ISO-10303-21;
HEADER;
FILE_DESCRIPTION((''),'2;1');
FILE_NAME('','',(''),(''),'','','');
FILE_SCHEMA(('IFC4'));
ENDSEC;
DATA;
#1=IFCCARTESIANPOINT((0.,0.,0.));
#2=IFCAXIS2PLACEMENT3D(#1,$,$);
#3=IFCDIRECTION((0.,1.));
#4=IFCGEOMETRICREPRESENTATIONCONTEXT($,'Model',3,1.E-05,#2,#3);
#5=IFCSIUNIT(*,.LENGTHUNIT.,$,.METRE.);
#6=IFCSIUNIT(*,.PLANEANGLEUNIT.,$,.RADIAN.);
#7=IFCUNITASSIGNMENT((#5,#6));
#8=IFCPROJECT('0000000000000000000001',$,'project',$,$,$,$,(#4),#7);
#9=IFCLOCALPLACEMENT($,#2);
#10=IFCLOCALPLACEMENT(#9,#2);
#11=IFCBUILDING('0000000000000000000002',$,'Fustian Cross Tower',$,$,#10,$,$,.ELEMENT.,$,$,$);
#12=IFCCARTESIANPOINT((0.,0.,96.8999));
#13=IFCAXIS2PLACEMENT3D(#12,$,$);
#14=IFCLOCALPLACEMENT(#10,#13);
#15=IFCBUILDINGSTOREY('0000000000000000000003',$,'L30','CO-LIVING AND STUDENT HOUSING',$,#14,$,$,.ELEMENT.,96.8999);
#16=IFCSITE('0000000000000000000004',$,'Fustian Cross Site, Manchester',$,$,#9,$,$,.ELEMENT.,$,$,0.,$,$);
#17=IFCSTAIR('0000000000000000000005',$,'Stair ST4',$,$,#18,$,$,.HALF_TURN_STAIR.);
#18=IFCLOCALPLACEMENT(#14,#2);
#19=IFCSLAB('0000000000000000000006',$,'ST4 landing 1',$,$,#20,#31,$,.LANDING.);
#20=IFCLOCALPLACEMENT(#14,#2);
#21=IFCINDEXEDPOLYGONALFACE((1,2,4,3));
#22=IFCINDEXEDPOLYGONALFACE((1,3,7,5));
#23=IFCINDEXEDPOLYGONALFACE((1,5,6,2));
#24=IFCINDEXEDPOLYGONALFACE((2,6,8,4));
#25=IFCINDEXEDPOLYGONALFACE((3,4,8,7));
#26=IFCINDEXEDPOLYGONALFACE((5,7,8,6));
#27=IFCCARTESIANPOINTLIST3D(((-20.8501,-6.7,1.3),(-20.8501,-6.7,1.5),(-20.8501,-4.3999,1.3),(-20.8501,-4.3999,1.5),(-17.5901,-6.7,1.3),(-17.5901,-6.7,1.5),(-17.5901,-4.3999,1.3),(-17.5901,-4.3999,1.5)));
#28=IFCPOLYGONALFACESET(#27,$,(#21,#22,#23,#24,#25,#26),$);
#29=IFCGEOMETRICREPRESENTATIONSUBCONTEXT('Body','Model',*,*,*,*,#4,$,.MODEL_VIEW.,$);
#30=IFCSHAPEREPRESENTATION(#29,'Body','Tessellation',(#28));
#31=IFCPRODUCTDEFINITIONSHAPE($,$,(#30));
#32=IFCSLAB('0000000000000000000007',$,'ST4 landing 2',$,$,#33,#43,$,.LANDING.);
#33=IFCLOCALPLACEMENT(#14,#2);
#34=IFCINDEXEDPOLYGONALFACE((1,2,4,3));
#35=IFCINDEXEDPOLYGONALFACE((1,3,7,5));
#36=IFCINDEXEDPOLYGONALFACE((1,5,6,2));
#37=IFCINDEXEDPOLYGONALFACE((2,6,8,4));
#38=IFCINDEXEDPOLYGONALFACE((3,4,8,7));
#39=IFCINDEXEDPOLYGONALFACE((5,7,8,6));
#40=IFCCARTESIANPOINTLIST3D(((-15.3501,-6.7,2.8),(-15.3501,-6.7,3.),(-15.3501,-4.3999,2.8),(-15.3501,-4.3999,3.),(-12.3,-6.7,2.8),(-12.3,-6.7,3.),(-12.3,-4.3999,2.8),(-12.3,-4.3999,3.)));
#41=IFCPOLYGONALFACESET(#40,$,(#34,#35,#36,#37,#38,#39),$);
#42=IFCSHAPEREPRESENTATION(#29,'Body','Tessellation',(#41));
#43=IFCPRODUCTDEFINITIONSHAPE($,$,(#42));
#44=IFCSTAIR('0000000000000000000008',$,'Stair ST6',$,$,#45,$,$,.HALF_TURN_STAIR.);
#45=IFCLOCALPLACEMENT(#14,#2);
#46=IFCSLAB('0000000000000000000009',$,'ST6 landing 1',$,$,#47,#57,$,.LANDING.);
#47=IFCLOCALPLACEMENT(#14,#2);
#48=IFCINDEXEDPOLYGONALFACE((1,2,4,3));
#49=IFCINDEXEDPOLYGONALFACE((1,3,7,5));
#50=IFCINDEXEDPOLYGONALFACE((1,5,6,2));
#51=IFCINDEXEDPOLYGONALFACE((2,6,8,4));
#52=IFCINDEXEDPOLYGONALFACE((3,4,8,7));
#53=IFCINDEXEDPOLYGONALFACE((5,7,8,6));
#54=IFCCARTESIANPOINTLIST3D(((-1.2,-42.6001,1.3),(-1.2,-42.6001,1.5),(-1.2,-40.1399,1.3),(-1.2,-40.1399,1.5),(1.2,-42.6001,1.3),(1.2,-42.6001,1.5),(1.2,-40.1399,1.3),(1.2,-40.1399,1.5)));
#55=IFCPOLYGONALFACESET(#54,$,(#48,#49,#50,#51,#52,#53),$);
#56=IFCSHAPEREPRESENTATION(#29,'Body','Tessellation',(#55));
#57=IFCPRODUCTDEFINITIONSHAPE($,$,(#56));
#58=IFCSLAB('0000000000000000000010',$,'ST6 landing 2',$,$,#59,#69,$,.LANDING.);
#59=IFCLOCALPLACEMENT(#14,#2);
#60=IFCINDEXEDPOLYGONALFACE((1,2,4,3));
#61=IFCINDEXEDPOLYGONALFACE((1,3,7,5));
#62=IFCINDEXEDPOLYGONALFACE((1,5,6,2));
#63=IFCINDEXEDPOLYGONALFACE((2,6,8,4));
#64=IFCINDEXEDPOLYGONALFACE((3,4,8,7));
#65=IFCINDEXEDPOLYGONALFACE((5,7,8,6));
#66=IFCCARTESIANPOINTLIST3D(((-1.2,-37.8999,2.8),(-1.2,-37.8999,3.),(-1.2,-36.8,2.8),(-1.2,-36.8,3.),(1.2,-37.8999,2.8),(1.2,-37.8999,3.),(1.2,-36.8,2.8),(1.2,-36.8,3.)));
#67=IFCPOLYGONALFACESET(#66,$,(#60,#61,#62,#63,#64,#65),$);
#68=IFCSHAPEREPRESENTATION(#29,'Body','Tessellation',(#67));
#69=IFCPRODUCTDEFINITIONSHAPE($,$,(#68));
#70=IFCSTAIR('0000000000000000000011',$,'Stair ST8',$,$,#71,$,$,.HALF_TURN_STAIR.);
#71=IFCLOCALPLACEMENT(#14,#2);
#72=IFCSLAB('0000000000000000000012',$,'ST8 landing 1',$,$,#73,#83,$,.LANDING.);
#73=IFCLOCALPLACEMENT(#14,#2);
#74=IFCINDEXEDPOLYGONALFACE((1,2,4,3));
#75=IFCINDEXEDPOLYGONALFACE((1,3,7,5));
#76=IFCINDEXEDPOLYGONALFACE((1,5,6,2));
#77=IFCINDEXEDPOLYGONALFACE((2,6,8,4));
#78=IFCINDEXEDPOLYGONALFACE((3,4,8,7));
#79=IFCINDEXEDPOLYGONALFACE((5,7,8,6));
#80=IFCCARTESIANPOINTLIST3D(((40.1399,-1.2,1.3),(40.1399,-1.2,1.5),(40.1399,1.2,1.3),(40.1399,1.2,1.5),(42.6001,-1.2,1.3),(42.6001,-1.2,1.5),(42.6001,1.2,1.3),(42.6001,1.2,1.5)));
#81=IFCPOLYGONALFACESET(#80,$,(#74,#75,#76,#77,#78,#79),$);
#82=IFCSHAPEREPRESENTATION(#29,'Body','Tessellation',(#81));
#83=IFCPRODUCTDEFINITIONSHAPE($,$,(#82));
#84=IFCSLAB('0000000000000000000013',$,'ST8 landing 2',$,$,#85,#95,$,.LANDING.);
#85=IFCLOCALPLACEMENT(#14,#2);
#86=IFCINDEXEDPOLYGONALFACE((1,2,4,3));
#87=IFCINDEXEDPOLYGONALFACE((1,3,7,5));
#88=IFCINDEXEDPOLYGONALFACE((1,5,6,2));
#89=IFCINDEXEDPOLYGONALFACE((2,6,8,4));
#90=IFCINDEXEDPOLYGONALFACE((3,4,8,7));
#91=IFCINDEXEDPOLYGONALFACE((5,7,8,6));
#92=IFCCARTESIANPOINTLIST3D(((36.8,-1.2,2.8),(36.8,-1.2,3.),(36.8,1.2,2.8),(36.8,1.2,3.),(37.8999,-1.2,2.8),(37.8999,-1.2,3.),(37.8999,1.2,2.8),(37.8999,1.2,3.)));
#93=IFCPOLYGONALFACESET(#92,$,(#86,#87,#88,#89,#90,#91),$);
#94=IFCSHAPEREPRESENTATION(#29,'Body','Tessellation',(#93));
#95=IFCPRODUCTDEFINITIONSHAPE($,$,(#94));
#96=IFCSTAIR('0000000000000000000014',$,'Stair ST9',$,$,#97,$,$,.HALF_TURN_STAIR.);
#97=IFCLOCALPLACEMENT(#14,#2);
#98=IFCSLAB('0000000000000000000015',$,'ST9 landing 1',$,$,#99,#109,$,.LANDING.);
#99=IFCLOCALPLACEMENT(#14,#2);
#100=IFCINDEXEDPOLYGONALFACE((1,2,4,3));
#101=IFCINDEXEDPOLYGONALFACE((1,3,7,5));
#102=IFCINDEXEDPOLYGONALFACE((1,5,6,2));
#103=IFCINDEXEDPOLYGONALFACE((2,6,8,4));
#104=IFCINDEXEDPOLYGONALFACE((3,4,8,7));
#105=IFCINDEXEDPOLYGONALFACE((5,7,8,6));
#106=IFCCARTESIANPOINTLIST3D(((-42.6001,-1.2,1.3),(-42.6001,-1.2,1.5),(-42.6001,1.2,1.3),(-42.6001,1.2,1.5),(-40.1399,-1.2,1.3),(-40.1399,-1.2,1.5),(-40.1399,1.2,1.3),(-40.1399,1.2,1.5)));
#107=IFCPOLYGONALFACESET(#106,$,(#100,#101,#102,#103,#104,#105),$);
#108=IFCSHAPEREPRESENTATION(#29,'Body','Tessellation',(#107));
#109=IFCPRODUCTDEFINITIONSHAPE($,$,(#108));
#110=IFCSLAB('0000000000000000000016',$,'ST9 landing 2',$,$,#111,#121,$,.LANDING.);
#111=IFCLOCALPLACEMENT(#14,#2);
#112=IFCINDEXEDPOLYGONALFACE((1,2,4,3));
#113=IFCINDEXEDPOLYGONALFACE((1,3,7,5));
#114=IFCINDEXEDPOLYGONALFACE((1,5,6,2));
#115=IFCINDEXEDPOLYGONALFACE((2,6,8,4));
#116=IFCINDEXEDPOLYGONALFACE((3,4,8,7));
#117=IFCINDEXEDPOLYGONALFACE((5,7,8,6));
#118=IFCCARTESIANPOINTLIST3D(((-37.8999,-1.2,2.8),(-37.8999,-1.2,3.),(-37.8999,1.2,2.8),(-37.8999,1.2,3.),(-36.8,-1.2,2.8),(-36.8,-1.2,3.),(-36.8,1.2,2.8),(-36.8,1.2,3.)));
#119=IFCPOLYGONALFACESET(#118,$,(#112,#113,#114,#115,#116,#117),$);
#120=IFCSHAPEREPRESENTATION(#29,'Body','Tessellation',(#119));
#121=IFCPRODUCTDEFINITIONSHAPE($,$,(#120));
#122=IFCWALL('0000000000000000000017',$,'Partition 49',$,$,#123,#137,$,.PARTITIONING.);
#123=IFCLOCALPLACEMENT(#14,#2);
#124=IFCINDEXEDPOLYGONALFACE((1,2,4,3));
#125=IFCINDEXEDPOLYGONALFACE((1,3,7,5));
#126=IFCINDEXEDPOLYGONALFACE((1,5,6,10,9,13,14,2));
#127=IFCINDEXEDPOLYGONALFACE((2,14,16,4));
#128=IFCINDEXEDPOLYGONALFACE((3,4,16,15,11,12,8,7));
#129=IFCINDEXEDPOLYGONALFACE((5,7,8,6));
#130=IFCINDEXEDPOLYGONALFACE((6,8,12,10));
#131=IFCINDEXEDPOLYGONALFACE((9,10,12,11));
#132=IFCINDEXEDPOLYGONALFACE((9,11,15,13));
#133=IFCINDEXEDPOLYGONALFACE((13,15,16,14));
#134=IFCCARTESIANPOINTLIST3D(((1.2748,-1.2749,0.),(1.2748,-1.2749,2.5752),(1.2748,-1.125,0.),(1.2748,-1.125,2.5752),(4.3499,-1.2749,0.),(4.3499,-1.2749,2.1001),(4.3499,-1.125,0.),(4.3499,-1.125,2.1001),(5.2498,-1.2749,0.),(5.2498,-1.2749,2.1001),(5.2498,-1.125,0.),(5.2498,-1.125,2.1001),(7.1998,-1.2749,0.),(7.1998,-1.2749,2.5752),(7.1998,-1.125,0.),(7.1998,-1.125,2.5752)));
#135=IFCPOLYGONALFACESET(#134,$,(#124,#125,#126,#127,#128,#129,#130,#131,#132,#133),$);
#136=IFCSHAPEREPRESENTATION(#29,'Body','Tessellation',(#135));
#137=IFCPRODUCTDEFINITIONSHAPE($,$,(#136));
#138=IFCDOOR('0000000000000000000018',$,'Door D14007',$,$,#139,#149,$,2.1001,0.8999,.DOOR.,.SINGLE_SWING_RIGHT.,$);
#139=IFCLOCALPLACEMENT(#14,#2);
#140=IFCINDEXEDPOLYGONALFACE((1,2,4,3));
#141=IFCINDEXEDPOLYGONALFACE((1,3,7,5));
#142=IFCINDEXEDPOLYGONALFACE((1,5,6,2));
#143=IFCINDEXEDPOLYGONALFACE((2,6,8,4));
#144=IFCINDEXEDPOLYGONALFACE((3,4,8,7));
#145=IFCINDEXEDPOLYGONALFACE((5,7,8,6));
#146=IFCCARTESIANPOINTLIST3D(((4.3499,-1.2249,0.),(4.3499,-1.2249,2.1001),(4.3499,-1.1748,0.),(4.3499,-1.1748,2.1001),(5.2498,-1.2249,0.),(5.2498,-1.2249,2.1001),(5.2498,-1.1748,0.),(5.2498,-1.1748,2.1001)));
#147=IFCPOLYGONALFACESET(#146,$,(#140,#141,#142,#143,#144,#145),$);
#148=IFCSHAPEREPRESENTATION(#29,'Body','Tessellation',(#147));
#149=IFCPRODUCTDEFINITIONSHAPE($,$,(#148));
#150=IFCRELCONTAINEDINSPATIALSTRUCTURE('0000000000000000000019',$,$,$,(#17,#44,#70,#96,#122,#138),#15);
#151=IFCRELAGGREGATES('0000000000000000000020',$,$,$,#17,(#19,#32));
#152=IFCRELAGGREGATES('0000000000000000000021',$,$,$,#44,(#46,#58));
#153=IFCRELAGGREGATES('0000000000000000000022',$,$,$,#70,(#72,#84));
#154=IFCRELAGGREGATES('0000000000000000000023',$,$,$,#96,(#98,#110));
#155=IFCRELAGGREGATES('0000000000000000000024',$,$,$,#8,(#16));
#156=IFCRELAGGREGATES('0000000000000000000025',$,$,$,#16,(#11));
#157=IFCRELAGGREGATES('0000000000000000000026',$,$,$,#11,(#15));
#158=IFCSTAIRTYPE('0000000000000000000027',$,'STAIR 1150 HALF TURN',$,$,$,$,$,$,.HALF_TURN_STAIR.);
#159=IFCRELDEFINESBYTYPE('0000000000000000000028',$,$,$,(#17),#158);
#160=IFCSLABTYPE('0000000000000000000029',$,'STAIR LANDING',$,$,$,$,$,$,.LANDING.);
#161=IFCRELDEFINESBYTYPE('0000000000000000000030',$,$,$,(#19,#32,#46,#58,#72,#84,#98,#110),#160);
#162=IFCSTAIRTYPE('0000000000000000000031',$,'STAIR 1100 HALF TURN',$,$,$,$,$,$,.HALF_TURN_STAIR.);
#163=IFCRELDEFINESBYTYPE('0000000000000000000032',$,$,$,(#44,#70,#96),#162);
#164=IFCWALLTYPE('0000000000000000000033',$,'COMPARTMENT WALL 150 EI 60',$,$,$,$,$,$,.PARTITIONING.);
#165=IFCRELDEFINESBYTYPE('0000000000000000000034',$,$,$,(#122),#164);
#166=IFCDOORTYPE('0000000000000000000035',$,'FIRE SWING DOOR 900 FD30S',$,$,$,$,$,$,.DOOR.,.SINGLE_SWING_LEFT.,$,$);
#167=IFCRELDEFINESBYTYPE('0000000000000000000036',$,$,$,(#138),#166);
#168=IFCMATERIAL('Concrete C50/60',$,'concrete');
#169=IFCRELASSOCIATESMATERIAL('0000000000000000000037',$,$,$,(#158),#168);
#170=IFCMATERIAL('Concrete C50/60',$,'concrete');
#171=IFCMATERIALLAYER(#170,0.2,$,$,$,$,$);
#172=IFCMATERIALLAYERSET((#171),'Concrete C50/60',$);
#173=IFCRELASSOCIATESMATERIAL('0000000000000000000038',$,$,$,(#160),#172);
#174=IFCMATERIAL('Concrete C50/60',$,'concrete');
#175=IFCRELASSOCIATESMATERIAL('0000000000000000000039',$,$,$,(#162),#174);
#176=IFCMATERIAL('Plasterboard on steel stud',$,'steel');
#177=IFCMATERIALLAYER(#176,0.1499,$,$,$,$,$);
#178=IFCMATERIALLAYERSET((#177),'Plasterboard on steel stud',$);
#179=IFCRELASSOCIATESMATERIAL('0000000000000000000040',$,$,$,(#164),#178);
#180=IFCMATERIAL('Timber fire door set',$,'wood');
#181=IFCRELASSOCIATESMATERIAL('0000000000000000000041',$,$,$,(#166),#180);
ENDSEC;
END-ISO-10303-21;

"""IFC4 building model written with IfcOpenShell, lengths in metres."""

from ifc_helpers import new_model, si_unit, direction, frame, frame_2d, origin, place, context, subcontext, project, spatial, polyline, rectangle, outline, extrude, material, layer, layer_set, type_object, element, fill, aggregate, save


model = new_model("IFC4")

# Units and contexts
model_context = context("Model", 3, precision=1e-05, world=origin(), true_north=direction((0.0, 1.0)))
body_context = subcontext(model_context, "Body", "Model", "MODEL_VIEW")
ifc_project = project(units=[si_unit("LENGTHUNIT", "METRE"), si_unit("PLANEANGLEUNIT", "RADIAN")], contexts=[model_context])

# Site, building, storey
site_placement = place(None, origin())
site = spatial("IfcSite", under=ifc_project, at=site_placement, Name="Fustian Cross Site, Manchester", CompositionType="ELEMENT", RefElevation=0.0)
building_placement = place(site_placement, origin())
building = spatial("IfcBuilding", under=site, at=building_placement, Name="Fustian Cross Tower", CompositionType="ELEMENT")
storey_placement = place(building_placement, frame((0.0, 0.0, 96.8999)))
storey = spatial("IfcBuildingStorey", under=building, at=storey_placement, Name="L30", Description="CO-LIVING AND STUDENT HOUSING", CompositionType="ELEMENT", Elevation=96.8999)

# Stairs, slabs
ifc_material_1 = material(Name="Concrete C50/60", Category="concrete")
stair_type_1 = type_object("IfcStairType", Name="STAIR 1150 HALF TURN", PredefinedType="HALF_TURN_STAIR", material=ifc_material_1)
stair_1_placement = place(storey_placement, origin())
stair_1 = element("IfcStair", 1, at=stair_1_placement, inside=storey, type_object=stair_type_1, Name="Stair ST4", PredefinedType="HALF_TURN_STAIR")
ifc_material_2 = material(Name="Concrete C50/60", Category="concrete")
ifc_layer_1 = layer(ifc_material_2, 0.2)
ifc_layer_set_1 = layer_set([ifc_layer_1], Name="Concrete C50/60")
slab_type = type_object("IfcSlabType", Name="STAIR LANDING", PredefinedType="LANDING", material=ifc_layer_set_1)
slab_1_placement = place(storey_placement, frame((0.0, 0.0, 1.3)))
slab_1 = element("IfcSlab", 2, at=slab_1_placement, type_object=slab_type, Name="ST4 landing 1", PredefinedType="LANDING", context=body_context, shape_type="SweptSolid", body=[
    extrude(outline(polyline([(-17.5901, -4.3999), (-20.8501, -4.3999), (-20.8501, -6.7), (-17.5901, -6.7), (-17.5901, -4.3999)])), origin(), (0.0, 0.0, 1.0), 0.2),
])
slab_2_placement = place(storey_placement, frame((0.0, 0.0, 2.8)))
slab_2 = element("IfcSlab", 3, at=slab_2_placement, type_object=slab_type, Name="ST4 landing 2", PredefinedType="LANDING", context=body_context, shape_type="SweptSolid", body=[
    extrude(outline(polyline([(-12.3, -4.3999), (-15.3501, -4.3999), (-15.3501, -6.7), (-12.3, -6.7), (-12.3, -4.3999)])), origin(), (0.0, 0.0, 1.0), 0.2),
])
aggregate(stair_1, [slab_1, slab_2])
ifc_material_3 = material(Name="Concrete C50/60", Category="concrete")
stair_type_2 = type_object("IfcStairType", Name="STAIR 1100 HALF TURN", PredefinedType="HALF_TURN_STAIR", material=ifc_material_3)
stair_2_placement = place(storey_placement, origin())
stair_2 = element("IfcStair", 4, at=stair_2_placement, inside=storey, type_object=stair_type_2, Name="Stair ST6", PredefinedType="HALF_TURN_STAIR")
slab_3_placement = place(storey_placement, frame((0.0, 0.0, 1.3)))
slab_3 = element("IfcSlab", 5, at=slab_3_placement, type_object=slab_type, Name="ST6 landing 1", PredefinedType="LANDING", context=body_context, shape_type="SweptSolid", body=[
    extrude(outline(polyline([(-1.2, -40.1399), (-1.2, -42.6001), (1.2, -42.6001), (1.2, -40.1399), (-1.2, -40.1399)])), origin(), (0.0, 0.0, 1.0), 0.2),
])
slab_4_placement = place(storey_placement, frame((0.0, 0.0, 2.8)))
slab_4 = element("IfcSlab", 6, at=slab_4_placement, type_object=slab_type, Name="ST6 landing 2", PredefinedType="LANDING", context=body_context, shape_type="SweptSolid", body=[
    extrude(outline(polyline([(-1.2, -36.8), (-1.2, -37.8999), (1.2, -37.8999), (1.2, -36.8), (-1.2, -36.8)])), origin(), (0.0, 0.0, 1.0), 0.2),
])
aggregate(stair_2, [slab_3, slab_4])
stair_3_placement = place(storey_placement, origin())
stair_3 = element("IfcStair", 7, at=stair_3_placement, inside=storey, type_object=stair_type_2, Name="Stair ST8", PredefinedType="HALF_TURN_STAIR")
slab_5_placement = place(storey_placement, frame((0.0, 0.0, 1.3)))
slab_5 = element("IfcSlab", 8, at=slab_5_placement, type_object=slab_type, Name="ST8 landing 1", PredefinedType="LANDING", context=body_context, shape_type="SweptSolid", body=[
    extrude(outline(polyline([(40.1399, -1.2), (42.6001, -1.2), (42.6001, 1.2), (40.1399, 1.2), (40.1399, -1.2)])), origin(), (0.0, 0.0, 1.0), 0.2),
])
slab_6_placement = place(storey_placement, frame((0.0, 0.0, 2.8)))
slab_6 = element("IfcSlab", 9, at=slab_6_placement, type_object=slab_type, Name="ST8 landing 2", PredefinedType="LANDING", context=body_context, shape_type="SweptSolid", body=[
    extrude(outline(polyline([(36.8, -1.2), (37.8999, -1.2), (37.8999, 1.2), (36.8, 1.2), (36.8, -1.2)])), origin(), (0.0, 0.0, 1.0), 0.2),
])
aggregate(stair_3, [slab_5, slab_6])
stair_4_placement = place(storey_placement, origin())
stair_4 = element("IfcStair", 10, at=stair_4_placement, inside=storey, type_object=stair_type_2, Name="Stair ST9", PredefinedType="HALF_TURN_STAIR")
slab_7_placement = place(storey_placement, frame((0.0, 0.0, 1.3)))
slab_7 = element("IfcSlab", 11, at=slab_7_placement, type_object=slab_type, Name="ST9 landing 1", PredefinedType="LANDING", context=body_context, shape_type="SweptSolid", body=[
    extrude(outline(polyline([(-40.1399, -1.2), (-42.6001, -1.2), (-42.6001, 1.2), (-40.1399, 1.2), (-40.1399, -1.2)])), origin(), (0.0, 0.0, 1.0), 0.2),
])
slab_8_placement = place(storey_placement, frame((0.0, 0.0, 2.8)))
slab_8 = element("IfcSlab", 12, at=slab_8_placement, type_object=slab_type, Name="ST9 landing 2", PredefinedType="LANDING", context=body_context, shape_type="SweptSolid", body=[
    extrude(outline(polyline([(-36.8, -1.2), (-37.8999, -1.2), (-37.8999, 1.2), (-36.8, 1.2), (-36.8, -1.2)])), origin(), (0.0, 0.0, 1.0), 0.2),
])
aggregate(stair_4, [slab_7, slab_8])

# Wall, opening, door
ifc_material_4 = material(Name="Plasterboard on steel stud", Category="steel")
ifc_layer_2 = layer(ifc_material_4, 0.1499)
ifc_layer_set_2 = layer_set([ifc_layer_2], Name="Plasterboard on steel stud")
wall_type_1 = type_object("IfcWallType", Name="COMPARTMENT WALL 150 EI 60", PredefinedType="PARTITIONING", material=ifc_layer_set_2)
wall_1_placement = place(storey_placement, frame((1.2749, -1.2, 0.0), z_axis=(0.0, 0.0, 1.0), x_axis=(1.0, 0.0, 0.0)))
wall_1 = element("IfcWall", 13, at=wall_1_placement, inside=storey, type_object=wall_type_1, Name="Partition 49", PredefinedType="PARTITIONING", context=body_context, shape_type="SweptSolid", body=[
    extrude(rectangle(XDim=5.925, YDim=0.1499, at=frame_2d((2.9624, 0.0))), origin(), (0.0, 0.0, 1.0), 2.5752),
])
opening_1_placement = place(wall_1_placement, frame((3.075, 0.0, 0.0)))
opening_1 = element("IfcOpeningElement", 14, at=opening_1_placement, cuts=wall_1, PredefinedType="OPENING", context=body_context, shape_type="SweptSolid", body=[
    extrude(rectangle(XDim=0.8999, YDim=2.1001, at=frame_2d((0.45, 1.05))), frame((0.0, 0.085, 0.0), z_axis=(0.0, -1.0, 0.0), x_axis=(1.0, 0.0, 0.0)), (0.0, 0.0, 1.0), 0.1699),
])
ifc_material_5 = material(Name="Timber fire door set", Category="wood")
door_type_1 = type_object("IfcDoorType", Name="FIRE SWING DOOR 900 FD30S", OperationType="SINGLE_SWING_LEFT", PredefinedType="DOOR", material=ifc_material_5)
door_1_placement = place(opening_1_placement, frame((0.8999, 0.0, 0.0), z_axis=(0.0, 0.0, 1.0), x_axis=(-1.0, 0.0, 0.0)))
door_1 = element("IfcDoor", 15, at=door_1_placement, inside=storey, type_object=door_type_1, Name="Door D14007", OperationType="SINGLE_SWING_RIGHT", OverallHeight=2.1001, OverallWidth=0.8999, PredefinedType="DOOR", context=body_context, shape_type="SweptSolid", body=[
    extrude(rectangle(XDim=0.8999, YDim=2.1001, at=frame_2d((0.45, 1.05))), frame((0.0, 0.0249, 0.0), z_axis=(0.0, -1.0, 0.0), x_axis=(1.0, 0.0, 0.0)), (0.0, 0.0, 1.0), 0.05),
])
fill(opening_1, door_1)

save(model, "model.ifc")
